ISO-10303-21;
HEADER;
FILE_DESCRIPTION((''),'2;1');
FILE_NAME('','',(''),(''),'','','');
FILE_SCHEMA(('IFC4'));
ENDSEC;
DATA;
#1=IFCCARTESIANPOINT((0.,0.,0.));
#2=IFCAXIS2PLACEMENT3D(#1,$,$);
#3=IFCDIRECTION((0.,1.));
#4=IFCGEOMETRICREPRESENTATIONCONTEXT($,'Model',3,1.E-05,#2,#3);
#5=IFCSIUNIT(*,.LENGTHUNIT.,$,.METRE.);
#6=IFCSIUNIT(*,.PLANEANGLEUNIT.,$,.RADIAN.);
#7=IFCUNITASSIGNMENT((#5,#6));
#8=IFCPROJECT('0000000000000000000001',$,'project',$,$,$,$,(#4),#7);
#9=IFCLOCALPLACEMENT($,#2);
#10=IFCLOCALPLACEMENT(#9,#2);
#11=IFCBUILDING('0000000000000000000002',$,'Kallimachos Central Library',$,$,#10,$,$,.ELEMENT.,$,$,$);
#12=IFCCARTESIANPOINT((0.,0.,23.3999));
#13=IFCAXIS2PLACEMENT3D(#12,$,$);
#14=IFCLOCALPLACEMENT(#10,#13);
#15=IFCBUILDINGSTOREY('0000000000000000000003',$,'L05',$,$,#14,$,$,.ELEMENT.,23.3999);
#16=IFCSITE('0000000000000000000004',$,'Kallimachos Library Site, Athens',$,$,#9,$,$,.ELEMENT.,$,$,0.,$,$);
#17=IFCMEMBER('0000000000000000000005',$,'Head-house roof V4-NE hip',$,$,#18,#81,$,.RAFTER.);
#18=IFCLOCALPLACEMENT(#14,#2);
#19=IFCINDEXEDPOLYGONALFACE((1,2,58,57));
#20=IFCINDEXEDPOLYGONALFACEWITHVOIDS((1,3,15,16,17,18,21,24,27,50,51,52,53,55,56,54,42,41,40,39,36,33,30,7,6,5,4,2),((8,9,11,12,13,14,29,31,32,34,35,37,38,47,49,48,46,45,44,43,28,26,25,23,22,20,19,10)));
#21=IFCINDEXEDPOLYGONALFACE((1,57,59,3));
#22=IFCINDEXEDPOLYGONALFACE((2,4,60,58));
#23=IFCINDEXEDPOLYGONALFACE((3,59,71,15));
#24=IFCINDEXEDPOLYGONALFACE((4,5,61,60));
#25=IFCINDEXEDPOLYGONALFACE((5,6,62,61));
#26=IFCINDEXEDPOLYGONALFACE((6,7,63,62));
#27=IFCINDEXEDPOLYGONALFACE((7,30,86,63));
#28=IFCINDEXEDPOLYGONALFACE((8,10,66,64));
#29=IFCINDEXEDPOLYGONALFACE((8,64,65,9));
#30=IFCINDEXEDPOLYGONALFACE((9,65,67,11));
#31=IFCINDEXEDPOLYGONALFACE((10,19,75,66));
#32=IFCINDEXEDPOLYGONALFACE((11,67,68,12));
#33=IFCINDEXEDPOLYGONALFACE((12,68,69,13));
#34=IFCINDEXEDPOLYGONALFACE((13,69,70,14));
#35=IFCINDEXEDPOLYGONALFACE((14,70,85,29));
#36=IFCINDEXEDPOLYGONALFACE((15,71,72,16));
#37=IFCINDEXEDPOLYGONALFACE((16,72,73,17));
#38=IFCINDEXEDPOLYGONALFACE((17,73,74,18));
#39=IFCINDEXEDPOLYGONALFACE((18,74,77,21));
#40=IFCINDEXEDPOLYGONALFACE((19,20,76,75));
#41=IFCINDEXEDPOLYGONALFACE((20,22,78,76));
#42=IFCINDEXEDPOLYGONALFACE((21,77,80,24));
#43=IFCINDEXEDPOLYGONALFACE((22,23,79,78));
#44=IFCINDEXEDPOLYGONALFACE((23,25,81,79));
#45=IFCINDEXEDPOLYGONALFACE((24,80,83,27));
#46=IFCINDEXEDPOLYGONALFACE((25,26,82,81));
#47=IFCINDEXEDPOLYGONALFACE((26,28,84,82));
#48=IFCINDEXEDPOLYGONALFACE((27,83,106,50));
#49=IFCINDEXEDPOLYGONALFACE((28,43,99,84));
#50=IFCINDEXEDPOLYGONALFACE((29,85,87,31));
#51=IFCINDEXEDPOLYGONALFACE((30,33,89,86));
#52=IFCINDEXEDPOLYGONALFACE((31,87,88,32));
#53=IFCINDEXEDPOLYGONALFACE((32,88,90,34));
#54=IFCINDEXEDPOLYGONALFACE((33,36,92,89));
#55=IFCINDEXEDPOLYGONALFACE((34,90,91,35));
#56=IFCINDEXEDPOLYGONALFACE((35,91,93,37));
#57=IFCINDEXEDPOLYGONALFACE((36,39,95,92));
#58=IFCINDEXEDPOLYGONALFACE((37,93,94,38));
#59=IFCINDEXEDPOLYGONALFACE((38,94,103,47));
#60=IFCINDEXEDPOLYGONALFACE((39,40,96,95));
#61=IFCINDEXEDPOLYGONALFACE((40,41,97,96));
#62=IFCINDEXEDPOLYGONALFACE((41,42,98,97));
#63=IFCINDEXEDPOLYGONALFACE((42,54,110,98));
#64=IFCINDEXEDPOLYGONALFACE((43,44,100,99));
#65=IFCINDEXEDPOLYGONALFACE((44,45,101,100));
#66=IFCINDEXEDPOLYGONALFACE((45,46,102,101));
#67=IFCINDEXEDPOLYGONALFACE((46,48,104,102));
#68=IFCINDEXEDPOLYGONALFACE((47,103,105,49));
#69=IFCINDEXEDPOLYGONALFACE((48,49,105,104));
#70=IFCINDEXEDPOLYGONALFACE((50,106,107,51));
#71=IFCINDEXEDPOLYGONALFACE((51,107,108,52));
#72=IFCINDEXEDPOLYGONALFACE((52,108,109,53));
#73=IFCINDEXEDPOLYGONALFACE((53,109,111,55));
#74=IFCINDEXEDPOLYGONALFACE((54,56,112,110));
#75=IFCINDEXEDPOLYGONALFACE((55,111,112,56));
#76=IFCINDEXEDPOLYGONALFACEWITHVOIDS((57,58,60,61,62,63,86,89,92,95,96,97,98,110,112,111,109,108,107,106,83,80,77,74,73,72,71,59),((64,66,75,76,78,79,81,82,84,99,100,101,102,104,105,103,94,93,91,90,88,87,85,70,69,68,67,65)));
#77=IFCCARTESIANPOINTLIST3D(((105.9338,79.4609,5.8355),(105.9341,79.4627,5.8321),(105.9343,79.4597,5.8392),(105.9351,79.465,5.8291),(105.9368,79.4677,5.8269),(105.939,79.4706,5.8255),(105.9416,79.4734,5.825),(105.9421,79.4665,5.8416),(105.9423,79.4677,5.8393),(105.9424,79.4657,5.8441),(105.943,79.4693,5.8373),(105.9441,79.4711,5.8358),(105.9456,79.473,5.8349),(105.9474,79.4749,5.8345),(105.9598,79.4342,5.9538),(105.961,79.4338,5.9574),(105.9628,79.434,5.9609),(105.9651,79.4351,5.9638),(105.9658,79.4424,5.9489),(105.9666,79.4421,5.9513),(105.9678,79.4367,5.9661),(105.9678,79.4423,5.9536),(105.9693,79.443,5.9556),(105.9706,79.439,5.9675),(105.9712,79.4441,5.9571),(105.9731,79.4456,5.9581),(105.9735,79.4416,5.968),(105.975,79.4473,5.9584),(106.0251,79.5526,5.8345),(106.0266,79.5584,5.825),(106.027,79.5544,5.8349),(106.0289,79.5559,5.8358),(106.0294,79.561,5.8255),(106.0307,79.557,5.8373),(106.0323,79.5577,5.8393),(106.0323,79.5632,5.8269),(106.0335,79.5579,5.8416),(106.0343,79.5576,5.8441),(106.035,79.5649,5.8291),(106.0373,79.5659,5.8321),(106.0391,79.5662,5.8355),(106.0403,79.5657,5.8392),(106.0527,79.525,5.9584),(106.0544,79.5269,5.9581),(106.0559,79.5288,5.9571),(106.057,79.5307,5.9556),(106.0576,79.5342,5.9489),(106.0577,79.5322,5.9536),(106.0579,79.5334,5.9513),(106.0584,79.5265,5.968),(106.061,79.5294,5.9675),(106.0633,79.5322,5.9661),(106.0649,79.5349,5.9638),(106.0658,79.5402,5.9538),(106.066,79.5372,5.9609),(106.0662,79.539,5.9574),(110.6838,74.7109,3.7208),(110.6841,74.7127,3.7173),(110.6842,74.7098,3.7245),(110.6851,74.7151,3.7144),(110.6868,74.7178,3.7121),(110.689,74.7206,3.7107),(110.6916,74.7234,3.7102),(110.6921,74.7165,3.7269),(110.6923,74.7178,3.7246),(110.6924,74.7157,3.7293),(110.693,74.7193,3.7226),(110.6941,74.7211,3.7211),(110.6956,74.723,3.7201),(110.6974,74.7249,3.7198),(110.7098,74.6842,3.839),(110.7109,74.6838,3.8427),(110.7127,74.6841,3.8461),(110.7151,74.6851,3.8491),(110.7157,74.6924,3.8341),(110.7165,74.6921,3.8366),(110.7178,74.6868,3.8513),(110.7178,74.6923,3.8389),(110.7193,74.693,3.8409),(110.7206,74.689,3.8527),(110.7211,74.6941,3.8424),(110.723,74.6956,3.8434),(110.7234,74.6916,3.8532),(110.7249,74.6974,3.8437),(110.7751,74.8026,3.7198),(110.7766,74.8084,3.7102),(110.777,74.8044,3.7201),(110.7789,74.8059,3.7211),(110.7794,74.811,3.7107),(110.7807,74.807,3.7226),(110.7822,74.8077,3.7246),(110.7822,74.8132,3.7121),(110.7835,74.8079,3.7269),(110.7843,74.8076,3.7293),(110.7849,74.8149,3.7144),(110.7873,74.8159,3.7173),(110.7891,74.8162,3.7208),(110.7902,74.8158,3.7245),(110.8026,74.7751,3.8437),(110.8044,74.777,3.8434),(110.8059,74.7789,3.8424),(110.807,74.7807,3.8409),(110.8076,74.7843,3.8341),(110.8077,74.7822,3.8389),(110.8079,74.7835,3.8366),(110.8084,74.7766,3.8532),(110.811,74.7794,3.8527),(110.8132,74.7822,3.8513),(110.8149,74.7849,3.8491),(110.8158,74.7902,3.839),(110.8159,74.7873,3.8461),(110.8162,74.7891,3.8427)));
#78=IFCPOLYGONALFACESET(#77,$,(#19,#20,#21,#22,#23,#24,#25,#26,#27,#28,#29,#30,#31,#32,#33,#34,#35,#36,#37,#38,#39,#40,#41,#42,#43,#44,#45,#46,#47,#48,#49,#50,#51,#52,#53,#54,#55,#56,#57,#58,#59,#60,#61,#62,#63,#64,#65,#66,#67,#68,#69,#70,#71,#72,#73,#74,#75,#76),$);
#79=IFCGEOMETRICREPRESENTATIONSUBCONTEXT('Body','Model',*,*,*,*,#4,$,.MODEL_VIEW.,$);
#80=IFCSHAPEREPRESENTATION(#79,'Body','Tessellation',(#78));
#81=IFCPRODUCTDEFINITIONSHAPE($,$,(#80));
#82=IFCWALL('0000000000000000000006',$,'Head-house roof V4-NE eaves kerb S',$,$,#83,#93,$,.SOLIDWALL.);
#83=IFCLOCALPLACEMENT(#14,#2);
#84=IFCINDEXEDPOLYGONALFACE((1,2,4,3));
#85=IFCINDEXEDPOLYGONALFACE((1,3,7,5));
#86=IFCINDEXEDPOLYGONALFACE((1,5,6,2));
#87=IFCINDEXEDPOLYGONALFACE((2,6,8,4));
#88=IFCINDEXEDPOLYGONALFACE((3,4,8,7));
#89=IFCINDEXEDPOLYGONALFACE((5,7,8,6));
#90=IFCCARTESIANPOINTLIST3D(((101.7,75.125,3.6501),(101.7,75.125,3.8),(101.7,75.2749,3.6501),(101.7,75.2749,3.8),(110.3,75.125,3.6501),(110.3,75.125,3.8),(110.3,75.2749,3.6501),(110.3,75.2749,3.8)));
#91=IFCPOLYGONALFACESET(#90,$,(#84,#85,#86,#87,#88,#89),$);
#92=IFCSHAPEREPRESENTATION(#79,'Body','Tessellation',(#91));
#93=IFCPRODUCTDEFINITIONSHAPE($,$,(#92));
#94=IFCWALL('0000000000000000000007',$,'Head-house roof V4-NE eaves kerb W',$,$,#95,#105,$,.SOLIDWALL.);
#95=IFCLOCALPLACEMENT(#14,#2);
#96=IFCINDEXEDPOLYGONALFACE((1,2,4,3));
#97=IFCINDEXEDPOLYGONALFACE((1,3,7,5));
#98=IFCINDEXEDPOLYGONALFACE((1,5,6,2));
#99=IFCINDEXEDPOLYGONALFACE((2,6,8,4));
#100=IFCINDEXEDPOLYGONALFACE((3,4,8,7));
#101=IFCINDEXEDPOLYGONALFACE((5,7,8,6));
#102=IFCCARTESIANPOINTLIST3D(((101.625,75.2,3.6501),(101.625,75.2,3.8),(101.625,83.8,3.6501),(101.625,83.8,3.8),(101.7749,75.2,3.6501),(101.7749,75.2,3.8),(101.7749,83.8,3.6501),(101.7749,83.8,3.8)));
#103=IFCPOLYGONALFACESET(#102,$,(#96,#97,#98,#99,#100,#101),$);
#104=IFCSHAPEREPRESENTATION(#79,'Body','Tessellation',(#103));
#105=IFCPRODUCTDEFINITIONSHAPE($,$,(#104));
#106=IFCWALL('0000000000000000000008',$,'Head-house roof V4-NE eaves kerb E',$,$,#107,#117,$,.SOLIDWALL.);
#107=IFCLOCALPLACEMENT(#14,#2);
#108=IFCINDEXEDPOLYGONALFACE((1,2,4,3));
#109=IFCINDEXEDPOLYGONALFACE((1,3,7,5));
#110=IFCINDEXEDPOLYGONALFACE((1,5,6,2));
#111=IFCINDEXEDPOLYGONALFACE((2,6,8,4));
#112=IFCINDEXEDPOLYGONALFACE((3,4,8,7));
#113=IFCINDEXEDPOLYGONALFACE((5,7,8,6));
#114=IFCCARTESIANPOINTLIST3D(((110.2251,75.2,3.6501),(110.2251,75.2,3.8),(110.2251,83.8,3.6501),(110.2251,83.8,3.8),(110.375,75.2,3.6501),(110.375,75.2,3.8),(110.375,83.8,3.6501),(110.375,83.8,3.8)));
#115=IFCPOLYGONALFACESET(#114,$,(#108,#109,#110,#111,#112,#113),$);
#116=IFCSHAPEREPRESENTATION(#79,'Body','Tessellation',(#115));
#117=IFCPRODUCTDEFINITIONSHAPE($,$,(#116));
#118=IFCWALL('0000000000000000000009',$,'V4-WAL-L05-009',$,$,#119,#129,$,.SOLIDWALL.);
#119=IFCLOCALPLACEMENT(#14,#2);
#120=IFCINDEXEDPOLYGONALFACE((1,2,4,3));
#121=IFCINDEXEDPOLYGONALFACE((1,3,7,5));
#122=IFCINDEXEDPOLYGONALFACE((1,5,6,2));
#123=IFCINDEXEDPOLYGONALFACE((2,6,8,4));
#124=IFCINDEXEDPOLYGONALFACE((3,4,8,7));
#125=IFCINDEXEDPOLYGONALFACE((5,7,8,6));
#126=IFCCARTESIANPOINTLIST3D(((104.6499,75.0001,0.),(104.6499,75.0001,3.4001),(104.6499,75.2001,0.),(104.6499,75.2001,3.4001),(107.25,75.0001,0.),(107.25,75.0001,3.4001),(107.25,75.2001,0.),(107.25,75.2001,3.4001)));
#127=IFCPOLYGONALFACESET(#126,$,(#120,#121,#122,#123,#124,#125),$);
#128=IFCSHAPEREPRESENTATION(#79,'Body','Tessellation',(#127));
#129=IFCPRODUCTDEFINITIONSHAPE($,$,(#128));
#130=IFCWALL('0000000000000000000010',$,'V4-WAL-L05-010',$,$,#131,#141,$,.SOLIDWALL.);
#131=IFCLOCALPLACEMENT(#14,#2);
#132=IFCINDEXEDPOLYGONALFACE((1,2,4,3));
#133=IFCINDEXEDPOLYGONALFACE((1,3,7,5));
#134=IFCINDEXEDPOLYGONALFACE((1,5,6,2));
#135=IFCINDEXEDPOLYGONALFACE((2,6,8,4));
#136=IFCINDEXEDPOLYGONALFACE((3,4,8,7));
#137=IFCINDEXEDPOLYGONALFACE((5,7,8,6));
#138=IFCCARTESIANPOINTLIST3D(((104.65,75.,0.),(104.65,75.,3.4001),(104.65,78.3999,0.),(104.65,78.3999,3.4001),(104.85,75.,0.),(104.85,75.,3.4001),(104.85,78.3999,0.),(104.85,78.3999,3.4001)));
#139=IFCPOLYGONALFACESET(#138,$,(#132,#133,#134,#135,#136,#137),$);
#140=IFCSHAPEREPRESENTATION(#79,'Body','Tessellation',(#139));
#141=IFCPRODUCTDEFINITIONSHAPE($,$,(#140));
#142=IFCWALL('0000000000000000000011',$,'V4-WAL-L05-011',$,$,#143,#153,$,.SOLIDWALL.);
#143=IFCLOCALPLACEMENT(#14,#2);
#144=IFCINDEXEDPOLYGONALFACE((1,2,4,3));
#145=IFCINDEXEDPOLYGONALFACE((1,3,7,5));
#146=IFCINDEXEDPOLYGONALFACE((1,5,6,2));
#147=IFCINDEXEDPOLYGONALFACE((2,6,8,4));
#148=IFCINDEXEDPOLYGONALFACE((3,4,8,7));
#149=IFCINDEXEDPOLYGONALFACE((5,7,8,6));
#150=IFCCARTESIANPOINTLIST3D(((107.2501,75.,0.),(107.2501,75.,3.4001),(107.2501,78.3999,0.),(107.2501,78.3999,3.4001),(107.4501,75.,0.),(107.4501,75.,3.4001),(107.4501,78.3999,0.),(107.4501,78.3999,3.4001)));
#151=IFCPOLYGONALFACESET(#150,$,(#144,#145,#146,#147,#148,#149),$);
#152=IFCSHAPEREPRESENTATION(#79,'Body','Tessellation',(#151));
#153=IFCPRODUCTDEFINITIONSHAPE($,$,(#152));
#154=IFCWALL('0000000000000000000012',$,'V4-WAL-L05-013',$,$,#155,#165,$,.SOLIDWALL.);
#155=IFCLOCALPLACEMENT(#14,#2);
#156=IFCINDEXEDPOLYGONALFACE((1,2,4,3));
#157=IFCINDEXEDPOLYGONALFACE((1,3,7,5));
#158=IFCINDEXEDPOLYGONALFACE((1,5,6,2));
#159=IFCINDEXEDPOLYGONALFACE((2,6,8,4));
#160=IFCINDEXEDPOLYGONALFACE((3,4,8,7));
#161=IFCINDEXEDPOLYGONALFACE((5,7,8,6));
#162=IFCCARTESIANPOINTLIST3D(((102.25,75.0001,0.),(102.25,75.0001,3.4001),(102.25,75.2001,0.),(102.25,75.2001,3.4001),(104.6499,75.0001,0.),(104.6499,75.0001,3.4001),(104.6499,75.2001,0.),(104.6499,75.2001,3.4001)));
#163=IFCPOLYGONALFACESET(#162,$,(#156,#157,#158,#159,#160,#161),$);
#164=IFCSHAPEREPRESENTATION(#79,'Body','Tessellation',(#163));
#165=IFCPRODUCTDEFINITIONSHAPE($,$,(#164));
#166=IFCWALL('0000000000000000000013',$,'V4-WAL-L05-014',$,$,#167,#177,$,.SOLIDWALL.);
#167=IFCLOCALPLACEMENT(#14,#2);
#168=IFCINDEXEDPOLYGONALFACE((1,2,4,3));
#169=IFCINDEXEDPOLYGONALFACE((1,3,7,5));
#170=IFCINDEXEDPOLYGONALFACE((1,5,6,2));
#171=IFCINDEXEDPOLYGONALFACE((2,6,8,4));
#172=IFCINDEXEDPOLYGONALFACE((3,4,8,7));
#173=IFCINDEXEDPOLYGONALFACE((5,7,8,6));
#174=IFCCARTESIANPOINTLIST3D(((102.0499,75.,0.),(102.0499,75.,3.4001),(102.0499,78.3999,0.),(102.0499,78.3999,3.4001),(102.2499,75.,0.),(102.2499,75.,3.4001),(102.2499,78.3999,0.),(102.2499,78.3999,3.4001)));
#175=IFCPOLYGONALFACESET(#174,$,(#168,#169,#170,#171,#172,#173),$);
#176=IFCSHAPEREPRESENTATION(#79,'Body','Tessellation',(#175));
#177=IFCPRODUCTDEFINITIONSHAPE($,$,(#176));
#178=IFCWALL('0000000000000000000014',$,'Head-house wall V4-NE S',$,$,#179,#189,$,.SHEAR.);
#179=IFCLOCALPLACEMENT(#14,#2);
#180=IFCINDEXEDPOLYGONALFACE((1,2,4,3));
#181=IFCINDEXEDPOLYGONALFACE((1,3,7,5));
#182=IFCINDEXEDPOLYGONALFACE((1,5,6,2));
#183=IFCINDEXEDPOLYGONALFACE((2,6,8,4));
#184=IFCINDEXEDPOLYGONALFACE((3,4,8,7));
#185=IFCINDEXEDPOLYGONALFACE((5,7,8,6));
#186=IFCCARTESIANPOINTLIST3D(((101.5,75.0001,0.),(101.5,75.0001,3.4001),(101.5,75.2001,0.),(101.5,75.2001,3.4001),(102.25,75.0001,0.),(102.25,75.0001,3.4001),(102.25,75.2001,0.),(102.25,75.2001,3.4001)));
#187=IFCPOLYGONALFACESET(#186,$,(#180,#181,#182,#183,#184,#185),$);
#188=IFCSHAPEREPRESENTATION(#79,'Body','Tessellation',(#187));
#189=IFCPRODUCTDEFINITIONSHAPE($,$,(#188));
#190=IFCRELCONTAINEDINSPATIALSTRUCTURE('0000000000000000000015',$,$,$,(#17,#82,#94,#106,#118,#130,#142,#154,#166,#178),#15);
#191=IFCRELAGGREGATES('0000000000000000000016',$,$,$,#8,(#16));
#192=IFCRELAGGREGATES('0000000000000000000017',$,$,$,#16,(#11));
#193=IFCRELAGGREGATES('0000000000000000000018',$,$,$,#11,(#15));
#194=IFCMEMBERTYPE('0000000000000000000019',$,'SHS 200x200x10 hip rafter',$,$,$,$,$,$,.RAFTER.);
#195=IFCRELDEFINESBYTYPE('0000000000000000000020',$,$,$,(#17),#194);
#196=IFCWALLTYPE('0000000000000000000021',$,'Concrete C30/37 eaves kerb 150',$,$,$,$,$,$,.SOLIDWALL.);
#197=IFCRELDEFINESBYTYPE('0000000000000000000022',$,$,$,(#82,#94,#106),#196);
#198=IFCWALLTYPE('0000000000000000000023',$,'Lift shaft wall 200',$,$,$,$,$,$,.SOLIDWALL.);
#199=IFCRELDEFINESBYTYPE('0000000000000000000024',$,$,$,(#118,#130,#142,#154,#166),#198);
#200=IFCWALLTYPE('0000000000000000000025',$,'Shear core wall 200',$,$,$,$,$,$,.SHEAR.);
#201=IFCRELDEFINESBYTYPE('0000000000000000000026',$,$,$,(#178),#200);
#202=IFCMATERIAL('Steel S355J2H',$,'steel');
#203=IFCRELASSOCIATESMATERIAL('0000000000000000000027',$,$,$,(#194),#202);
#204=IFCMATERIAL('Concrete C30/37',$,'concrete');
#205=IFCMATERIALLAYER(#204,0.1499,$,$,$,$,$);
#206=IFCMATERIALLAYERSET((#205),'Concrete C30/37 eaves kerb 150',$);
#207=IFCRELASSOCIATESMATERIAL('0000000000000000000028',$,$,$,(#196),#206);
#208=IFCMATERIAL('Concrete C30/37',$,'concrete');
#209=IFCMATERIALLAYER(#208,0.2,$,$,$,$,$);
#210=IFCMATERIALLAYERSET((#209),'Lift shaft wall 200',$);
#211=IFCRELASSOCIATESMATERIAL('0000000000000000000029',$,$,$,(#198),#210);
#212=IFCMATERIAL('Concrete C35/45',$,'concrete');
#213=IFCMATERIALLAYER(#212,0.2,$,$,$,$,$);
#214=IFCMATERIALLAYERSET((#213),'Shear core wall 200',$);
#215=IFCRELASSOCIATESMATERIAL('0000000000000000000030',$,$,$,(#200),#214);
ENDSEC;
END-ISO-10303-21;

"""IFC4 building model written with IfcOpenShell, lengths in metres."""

from ifc_helpers import new_model, si_unit, direction, frame, frame_2d, origin, origin_2d, place, context, subcontext, project, spatial, rectangle, hollow_rectangle, extrude, material, layer, layer_set, material_profile, profile_set, type_object, element, save


model = new_model("IFC4")

# Units and contexts
model_context = context("Model", 3, precision=1e-05, world=origin(), true_north=direction((0.0, 1.0)))
body_context = subcontext(model_context, "Body", "Model", "MODEL_VIEW")
ifc_project = project(units=[si_unit("LENGTHUNIT", "METRE"), si_unit("PLANEANGLEUNIT", "RADIAN")], contexts=[model_context])

# Site, building, storey
site_placement = place(None, origin())
site = spatial("IfcSite", under=ifc_project, at=site_placement, Name="Kallimachos Library Site, Athens", CompositionType="ELEMENT", RefElevation=0.0)
building_placement = place(site_placement, origin())
building = spatial("IfcBuilding", under=site, at=building_placement, Name="Kallimachos Central Library", CompositionType="ELEMENT")
storey_placement = place(building_placement, frame((0.0, 0.0, 23.3999)))
storey = spatial("IfcBuildingStorey", under=building, at=storey_placement, Name="L05", CompositionType="ELEMENT", Elevation=23.3999)

# Member
ifc_material_1 = material(Name="Steel S355J2H", Category="steel")
ifc_material_profile_1 = material_profile(ifc_material_1, hollow_rectangle(XDim=0.1499, YDim=0.1499, WallThickness=0.01, InnerFilletRadius=0.01, OuterFilletRadius=0.0149, at=origin_2d()), Name="SHS 150x150x10")
ifc_profile_set_1 = profile_set([ifc_material_profile_1], Name="Steel S355J2H")
member_type_1 = type_object("IfcMemberType", Name="SHS 200x200x10 hip rafter", PredefinedType="RAFTER", material=ifc_profile_set_1)
member_1_placement = place(storey_placement, frame((110.75, 74.75, 3.7817), z_axis=(-0.674474, 0.674474, 0.300282), x_axis=(-0.707107, -0.707107, 0.0)))
element("IfcMember", 1, at=member_1_placement, inside=storey, type_object=member_type_1, Name="Head-house roof V4-NE hip", PredefinedType="RAFTER", context=body_context, shape_type="SweptSolid", body=[
    extrude(hollow_rectangle(XDim=0.1499, YDim=0.1499, WallThickness=0.01, InnerFilletRadius=0.01, OuterFilletRadius=0.0149, at=origin_2d()), origin(), (0.0, 0.0, 1.0), 7.0425),
])

# Walls
ifc_material_2 = material(Name="Concrete C30/37", Category="concrete")
ifc_layer_1 = layer(ifc_material_2, 0.1499)
ifc_layer_set_1 = layer_set([ifc_layer_1], Name="Concrete C30/37 eaves kerb 150")
wall_type_1 = type_object("IfcWallType", Name="Concrete C30/37 eaves kerb 150", PredefinedType="SOLIDWALL", material=ifc_layer_set_1)
for number, where, z_axis, x_axis, name in (
    (2, (101.7, 75.2, 3.6501), (0.0, 0.0, 1.0), (1.0, 0.0, 0.0), "Head-house roof V4-NE eaves kerb S"),
    (3, (101.7, 75.2, 3.6501), (0.0, 0.0, 1.0), (0.0, 1.0, 0.0), "Head-house roof V4-NE eaves kerb W"),
    (4, (110.3, 75.2, 3.6501), (0.0, 0.0, 1.0), (0.0, 1.0, 0.0), "Head-house roof V4-NE eaves kerb E"),
):
    element("IfcWall", number, at=place(storey_placement, frame(where, z_axis=z_axis, x_axis=x_axis)), inside=storey, type_object=wall_type_1, Name=name, PredefinedType="SOLIDWALL", context=body_context, shape_type="SweptSolid", body=[
        extrude(rectangle(XDim=8.6001, YDim=0.1499, at=frame_2d((4.3, 0.0))), origin(), (0.0, 0.0, 1.0), 0.1499),
    ])
ifc_material_3 = material(Name="Concrete C30/37", Category="concrete")
ifc_layer_2 = layer(ifc_material_3, 0.2)
ifc_layer_set_2 = layer_set([ifc_layer_2], Name="Lift shaft wall 200")
wall_type_2 = type_object("IfcWallType", Name="Lift shaft wall 200", PredefinedType="SOLIDWALL", material=ifc_layer_set_2)
wall_1_placement = place(storey_placement, frame((104.6499, 75.1001, 0.0), z_axis=(0.0, 0.0, 1.0), x_axis=(1.0, 0.0, 0.0)))
element("IfcWall", 5, at=wall_1_placement, inside=storey, type_object=wall_type_2, Name="V4-WAL-L05-009", PredefinedType="SOLIDWALL", context=body_context, shape_type="SweptSolid", body=[
    extrude(rectangle(XDim=2.6001, YDim=0.2, at=frame_2d((1.3, 0.0))), origin(), (0.0, 0.0, 1.0), 3.4001),
])
for number, where, z_axis, x_axis, name in (
    (6, (104.75, 75.0, 0.0), (0.0, 0.0, 1.0), (0.0, 1.0, 0.0), "V4-WAL-L05-010"),
    (7, (107.3501, 75.0, 0.0), (0.0, 0.0, 1.0), (0.0, 1.0, 0.0), "V4-WAL-L05-011"),
):
    element("IfcWall", number, at=place(storey_placement, frame(where, z_axis=z_axis, x_axis=x_axis)), inside=storey, type_object=wall_type_2, Name=name, PredefinedType="SOLIDWALL", context=body_context, shape_type="SweptSolid", body=[
        extrude(rectangle(XDim=3.3999, YDim=0.2, at=frame_2d((1.7, 0.0))), origin(), (0.0, 0.0, 1.0), 3.4001),
    ])
wall_2_placement = place(storey_placement, frame((102.25, 75.1001, 0.0), z_axis=(0.0, 0.0, 1.0), x_axis=(1.0, 0.0, 0.0)))
element("IfcWall", 8, at=wall_2_placement, inside=storey, type_object=wall_type_2, Name="V4-WAL-L05-013", PredefinedType="SOLIDWALL", context=body_context, shape_type="SweptSolid", body=[
    extrude(rectangle(XDim=2.3999, YDim=0.2, at=frame_2d((1.2, 0.0))), origin(), (0.0, 0.0, 1.0), 3.4001),
])
wall_3_placement = place(storey_placement, frame((102.1499, 75.0, 0.0), z_axis=(0.0, 0.0, 1.0), x_axis=(0.0, 1.0, 0.0)))
element("IfcWall", 9, at=wall_3_placement, inside=storey, type_object=wall_type_2, Name="V4-WAL-L05-014", PredefinedType="SOLIDWALL", context=body_context, shape_type="SweptSolid", body=[
    extrude(rectangle(XDim=3.3999, YDim=0.2, at=frame_2d((1.7, 0.0))), origin(), (0.0, 0.0, 1.0), 3.4001),
])
ifc_material_4 = material(Name="Concrete C35/45", Category="concrete")
ifc_layer_3 = layer(ifc_material_4, 0.2)
ifc_layer_set_3 = layer_set([ifc_layer_3], Name="Shear core wall 200")
wall_type_3 = type_object("IfcWallType", Name="Shear core wall 200", PredefinedType="SHEAR", material=ifc_layer_set_3)
wall_4_placement = place(storey_placement, frame((101.5, 75.1001, 0.0), z_axis=(0.0, 0.0, 1.0), x_axis=(1.0, 0.0, 0.0)))
element("IfcWall", 10, at=wall_4_placement, inside=storey, type_object=wall_type_3, Name="Head-house wall V4-NE S", PredefinedType="SHEAR", context=body_context, shape_type="SweptSolid", body=[
    extrude(rectangle(XDim=0.75, YDim=0.2, at=frame_2d((0.375, 0.0))), origin(), (0.0, 0.0, 1.0), 3.4001),
])

save(model, "model.ifc")
